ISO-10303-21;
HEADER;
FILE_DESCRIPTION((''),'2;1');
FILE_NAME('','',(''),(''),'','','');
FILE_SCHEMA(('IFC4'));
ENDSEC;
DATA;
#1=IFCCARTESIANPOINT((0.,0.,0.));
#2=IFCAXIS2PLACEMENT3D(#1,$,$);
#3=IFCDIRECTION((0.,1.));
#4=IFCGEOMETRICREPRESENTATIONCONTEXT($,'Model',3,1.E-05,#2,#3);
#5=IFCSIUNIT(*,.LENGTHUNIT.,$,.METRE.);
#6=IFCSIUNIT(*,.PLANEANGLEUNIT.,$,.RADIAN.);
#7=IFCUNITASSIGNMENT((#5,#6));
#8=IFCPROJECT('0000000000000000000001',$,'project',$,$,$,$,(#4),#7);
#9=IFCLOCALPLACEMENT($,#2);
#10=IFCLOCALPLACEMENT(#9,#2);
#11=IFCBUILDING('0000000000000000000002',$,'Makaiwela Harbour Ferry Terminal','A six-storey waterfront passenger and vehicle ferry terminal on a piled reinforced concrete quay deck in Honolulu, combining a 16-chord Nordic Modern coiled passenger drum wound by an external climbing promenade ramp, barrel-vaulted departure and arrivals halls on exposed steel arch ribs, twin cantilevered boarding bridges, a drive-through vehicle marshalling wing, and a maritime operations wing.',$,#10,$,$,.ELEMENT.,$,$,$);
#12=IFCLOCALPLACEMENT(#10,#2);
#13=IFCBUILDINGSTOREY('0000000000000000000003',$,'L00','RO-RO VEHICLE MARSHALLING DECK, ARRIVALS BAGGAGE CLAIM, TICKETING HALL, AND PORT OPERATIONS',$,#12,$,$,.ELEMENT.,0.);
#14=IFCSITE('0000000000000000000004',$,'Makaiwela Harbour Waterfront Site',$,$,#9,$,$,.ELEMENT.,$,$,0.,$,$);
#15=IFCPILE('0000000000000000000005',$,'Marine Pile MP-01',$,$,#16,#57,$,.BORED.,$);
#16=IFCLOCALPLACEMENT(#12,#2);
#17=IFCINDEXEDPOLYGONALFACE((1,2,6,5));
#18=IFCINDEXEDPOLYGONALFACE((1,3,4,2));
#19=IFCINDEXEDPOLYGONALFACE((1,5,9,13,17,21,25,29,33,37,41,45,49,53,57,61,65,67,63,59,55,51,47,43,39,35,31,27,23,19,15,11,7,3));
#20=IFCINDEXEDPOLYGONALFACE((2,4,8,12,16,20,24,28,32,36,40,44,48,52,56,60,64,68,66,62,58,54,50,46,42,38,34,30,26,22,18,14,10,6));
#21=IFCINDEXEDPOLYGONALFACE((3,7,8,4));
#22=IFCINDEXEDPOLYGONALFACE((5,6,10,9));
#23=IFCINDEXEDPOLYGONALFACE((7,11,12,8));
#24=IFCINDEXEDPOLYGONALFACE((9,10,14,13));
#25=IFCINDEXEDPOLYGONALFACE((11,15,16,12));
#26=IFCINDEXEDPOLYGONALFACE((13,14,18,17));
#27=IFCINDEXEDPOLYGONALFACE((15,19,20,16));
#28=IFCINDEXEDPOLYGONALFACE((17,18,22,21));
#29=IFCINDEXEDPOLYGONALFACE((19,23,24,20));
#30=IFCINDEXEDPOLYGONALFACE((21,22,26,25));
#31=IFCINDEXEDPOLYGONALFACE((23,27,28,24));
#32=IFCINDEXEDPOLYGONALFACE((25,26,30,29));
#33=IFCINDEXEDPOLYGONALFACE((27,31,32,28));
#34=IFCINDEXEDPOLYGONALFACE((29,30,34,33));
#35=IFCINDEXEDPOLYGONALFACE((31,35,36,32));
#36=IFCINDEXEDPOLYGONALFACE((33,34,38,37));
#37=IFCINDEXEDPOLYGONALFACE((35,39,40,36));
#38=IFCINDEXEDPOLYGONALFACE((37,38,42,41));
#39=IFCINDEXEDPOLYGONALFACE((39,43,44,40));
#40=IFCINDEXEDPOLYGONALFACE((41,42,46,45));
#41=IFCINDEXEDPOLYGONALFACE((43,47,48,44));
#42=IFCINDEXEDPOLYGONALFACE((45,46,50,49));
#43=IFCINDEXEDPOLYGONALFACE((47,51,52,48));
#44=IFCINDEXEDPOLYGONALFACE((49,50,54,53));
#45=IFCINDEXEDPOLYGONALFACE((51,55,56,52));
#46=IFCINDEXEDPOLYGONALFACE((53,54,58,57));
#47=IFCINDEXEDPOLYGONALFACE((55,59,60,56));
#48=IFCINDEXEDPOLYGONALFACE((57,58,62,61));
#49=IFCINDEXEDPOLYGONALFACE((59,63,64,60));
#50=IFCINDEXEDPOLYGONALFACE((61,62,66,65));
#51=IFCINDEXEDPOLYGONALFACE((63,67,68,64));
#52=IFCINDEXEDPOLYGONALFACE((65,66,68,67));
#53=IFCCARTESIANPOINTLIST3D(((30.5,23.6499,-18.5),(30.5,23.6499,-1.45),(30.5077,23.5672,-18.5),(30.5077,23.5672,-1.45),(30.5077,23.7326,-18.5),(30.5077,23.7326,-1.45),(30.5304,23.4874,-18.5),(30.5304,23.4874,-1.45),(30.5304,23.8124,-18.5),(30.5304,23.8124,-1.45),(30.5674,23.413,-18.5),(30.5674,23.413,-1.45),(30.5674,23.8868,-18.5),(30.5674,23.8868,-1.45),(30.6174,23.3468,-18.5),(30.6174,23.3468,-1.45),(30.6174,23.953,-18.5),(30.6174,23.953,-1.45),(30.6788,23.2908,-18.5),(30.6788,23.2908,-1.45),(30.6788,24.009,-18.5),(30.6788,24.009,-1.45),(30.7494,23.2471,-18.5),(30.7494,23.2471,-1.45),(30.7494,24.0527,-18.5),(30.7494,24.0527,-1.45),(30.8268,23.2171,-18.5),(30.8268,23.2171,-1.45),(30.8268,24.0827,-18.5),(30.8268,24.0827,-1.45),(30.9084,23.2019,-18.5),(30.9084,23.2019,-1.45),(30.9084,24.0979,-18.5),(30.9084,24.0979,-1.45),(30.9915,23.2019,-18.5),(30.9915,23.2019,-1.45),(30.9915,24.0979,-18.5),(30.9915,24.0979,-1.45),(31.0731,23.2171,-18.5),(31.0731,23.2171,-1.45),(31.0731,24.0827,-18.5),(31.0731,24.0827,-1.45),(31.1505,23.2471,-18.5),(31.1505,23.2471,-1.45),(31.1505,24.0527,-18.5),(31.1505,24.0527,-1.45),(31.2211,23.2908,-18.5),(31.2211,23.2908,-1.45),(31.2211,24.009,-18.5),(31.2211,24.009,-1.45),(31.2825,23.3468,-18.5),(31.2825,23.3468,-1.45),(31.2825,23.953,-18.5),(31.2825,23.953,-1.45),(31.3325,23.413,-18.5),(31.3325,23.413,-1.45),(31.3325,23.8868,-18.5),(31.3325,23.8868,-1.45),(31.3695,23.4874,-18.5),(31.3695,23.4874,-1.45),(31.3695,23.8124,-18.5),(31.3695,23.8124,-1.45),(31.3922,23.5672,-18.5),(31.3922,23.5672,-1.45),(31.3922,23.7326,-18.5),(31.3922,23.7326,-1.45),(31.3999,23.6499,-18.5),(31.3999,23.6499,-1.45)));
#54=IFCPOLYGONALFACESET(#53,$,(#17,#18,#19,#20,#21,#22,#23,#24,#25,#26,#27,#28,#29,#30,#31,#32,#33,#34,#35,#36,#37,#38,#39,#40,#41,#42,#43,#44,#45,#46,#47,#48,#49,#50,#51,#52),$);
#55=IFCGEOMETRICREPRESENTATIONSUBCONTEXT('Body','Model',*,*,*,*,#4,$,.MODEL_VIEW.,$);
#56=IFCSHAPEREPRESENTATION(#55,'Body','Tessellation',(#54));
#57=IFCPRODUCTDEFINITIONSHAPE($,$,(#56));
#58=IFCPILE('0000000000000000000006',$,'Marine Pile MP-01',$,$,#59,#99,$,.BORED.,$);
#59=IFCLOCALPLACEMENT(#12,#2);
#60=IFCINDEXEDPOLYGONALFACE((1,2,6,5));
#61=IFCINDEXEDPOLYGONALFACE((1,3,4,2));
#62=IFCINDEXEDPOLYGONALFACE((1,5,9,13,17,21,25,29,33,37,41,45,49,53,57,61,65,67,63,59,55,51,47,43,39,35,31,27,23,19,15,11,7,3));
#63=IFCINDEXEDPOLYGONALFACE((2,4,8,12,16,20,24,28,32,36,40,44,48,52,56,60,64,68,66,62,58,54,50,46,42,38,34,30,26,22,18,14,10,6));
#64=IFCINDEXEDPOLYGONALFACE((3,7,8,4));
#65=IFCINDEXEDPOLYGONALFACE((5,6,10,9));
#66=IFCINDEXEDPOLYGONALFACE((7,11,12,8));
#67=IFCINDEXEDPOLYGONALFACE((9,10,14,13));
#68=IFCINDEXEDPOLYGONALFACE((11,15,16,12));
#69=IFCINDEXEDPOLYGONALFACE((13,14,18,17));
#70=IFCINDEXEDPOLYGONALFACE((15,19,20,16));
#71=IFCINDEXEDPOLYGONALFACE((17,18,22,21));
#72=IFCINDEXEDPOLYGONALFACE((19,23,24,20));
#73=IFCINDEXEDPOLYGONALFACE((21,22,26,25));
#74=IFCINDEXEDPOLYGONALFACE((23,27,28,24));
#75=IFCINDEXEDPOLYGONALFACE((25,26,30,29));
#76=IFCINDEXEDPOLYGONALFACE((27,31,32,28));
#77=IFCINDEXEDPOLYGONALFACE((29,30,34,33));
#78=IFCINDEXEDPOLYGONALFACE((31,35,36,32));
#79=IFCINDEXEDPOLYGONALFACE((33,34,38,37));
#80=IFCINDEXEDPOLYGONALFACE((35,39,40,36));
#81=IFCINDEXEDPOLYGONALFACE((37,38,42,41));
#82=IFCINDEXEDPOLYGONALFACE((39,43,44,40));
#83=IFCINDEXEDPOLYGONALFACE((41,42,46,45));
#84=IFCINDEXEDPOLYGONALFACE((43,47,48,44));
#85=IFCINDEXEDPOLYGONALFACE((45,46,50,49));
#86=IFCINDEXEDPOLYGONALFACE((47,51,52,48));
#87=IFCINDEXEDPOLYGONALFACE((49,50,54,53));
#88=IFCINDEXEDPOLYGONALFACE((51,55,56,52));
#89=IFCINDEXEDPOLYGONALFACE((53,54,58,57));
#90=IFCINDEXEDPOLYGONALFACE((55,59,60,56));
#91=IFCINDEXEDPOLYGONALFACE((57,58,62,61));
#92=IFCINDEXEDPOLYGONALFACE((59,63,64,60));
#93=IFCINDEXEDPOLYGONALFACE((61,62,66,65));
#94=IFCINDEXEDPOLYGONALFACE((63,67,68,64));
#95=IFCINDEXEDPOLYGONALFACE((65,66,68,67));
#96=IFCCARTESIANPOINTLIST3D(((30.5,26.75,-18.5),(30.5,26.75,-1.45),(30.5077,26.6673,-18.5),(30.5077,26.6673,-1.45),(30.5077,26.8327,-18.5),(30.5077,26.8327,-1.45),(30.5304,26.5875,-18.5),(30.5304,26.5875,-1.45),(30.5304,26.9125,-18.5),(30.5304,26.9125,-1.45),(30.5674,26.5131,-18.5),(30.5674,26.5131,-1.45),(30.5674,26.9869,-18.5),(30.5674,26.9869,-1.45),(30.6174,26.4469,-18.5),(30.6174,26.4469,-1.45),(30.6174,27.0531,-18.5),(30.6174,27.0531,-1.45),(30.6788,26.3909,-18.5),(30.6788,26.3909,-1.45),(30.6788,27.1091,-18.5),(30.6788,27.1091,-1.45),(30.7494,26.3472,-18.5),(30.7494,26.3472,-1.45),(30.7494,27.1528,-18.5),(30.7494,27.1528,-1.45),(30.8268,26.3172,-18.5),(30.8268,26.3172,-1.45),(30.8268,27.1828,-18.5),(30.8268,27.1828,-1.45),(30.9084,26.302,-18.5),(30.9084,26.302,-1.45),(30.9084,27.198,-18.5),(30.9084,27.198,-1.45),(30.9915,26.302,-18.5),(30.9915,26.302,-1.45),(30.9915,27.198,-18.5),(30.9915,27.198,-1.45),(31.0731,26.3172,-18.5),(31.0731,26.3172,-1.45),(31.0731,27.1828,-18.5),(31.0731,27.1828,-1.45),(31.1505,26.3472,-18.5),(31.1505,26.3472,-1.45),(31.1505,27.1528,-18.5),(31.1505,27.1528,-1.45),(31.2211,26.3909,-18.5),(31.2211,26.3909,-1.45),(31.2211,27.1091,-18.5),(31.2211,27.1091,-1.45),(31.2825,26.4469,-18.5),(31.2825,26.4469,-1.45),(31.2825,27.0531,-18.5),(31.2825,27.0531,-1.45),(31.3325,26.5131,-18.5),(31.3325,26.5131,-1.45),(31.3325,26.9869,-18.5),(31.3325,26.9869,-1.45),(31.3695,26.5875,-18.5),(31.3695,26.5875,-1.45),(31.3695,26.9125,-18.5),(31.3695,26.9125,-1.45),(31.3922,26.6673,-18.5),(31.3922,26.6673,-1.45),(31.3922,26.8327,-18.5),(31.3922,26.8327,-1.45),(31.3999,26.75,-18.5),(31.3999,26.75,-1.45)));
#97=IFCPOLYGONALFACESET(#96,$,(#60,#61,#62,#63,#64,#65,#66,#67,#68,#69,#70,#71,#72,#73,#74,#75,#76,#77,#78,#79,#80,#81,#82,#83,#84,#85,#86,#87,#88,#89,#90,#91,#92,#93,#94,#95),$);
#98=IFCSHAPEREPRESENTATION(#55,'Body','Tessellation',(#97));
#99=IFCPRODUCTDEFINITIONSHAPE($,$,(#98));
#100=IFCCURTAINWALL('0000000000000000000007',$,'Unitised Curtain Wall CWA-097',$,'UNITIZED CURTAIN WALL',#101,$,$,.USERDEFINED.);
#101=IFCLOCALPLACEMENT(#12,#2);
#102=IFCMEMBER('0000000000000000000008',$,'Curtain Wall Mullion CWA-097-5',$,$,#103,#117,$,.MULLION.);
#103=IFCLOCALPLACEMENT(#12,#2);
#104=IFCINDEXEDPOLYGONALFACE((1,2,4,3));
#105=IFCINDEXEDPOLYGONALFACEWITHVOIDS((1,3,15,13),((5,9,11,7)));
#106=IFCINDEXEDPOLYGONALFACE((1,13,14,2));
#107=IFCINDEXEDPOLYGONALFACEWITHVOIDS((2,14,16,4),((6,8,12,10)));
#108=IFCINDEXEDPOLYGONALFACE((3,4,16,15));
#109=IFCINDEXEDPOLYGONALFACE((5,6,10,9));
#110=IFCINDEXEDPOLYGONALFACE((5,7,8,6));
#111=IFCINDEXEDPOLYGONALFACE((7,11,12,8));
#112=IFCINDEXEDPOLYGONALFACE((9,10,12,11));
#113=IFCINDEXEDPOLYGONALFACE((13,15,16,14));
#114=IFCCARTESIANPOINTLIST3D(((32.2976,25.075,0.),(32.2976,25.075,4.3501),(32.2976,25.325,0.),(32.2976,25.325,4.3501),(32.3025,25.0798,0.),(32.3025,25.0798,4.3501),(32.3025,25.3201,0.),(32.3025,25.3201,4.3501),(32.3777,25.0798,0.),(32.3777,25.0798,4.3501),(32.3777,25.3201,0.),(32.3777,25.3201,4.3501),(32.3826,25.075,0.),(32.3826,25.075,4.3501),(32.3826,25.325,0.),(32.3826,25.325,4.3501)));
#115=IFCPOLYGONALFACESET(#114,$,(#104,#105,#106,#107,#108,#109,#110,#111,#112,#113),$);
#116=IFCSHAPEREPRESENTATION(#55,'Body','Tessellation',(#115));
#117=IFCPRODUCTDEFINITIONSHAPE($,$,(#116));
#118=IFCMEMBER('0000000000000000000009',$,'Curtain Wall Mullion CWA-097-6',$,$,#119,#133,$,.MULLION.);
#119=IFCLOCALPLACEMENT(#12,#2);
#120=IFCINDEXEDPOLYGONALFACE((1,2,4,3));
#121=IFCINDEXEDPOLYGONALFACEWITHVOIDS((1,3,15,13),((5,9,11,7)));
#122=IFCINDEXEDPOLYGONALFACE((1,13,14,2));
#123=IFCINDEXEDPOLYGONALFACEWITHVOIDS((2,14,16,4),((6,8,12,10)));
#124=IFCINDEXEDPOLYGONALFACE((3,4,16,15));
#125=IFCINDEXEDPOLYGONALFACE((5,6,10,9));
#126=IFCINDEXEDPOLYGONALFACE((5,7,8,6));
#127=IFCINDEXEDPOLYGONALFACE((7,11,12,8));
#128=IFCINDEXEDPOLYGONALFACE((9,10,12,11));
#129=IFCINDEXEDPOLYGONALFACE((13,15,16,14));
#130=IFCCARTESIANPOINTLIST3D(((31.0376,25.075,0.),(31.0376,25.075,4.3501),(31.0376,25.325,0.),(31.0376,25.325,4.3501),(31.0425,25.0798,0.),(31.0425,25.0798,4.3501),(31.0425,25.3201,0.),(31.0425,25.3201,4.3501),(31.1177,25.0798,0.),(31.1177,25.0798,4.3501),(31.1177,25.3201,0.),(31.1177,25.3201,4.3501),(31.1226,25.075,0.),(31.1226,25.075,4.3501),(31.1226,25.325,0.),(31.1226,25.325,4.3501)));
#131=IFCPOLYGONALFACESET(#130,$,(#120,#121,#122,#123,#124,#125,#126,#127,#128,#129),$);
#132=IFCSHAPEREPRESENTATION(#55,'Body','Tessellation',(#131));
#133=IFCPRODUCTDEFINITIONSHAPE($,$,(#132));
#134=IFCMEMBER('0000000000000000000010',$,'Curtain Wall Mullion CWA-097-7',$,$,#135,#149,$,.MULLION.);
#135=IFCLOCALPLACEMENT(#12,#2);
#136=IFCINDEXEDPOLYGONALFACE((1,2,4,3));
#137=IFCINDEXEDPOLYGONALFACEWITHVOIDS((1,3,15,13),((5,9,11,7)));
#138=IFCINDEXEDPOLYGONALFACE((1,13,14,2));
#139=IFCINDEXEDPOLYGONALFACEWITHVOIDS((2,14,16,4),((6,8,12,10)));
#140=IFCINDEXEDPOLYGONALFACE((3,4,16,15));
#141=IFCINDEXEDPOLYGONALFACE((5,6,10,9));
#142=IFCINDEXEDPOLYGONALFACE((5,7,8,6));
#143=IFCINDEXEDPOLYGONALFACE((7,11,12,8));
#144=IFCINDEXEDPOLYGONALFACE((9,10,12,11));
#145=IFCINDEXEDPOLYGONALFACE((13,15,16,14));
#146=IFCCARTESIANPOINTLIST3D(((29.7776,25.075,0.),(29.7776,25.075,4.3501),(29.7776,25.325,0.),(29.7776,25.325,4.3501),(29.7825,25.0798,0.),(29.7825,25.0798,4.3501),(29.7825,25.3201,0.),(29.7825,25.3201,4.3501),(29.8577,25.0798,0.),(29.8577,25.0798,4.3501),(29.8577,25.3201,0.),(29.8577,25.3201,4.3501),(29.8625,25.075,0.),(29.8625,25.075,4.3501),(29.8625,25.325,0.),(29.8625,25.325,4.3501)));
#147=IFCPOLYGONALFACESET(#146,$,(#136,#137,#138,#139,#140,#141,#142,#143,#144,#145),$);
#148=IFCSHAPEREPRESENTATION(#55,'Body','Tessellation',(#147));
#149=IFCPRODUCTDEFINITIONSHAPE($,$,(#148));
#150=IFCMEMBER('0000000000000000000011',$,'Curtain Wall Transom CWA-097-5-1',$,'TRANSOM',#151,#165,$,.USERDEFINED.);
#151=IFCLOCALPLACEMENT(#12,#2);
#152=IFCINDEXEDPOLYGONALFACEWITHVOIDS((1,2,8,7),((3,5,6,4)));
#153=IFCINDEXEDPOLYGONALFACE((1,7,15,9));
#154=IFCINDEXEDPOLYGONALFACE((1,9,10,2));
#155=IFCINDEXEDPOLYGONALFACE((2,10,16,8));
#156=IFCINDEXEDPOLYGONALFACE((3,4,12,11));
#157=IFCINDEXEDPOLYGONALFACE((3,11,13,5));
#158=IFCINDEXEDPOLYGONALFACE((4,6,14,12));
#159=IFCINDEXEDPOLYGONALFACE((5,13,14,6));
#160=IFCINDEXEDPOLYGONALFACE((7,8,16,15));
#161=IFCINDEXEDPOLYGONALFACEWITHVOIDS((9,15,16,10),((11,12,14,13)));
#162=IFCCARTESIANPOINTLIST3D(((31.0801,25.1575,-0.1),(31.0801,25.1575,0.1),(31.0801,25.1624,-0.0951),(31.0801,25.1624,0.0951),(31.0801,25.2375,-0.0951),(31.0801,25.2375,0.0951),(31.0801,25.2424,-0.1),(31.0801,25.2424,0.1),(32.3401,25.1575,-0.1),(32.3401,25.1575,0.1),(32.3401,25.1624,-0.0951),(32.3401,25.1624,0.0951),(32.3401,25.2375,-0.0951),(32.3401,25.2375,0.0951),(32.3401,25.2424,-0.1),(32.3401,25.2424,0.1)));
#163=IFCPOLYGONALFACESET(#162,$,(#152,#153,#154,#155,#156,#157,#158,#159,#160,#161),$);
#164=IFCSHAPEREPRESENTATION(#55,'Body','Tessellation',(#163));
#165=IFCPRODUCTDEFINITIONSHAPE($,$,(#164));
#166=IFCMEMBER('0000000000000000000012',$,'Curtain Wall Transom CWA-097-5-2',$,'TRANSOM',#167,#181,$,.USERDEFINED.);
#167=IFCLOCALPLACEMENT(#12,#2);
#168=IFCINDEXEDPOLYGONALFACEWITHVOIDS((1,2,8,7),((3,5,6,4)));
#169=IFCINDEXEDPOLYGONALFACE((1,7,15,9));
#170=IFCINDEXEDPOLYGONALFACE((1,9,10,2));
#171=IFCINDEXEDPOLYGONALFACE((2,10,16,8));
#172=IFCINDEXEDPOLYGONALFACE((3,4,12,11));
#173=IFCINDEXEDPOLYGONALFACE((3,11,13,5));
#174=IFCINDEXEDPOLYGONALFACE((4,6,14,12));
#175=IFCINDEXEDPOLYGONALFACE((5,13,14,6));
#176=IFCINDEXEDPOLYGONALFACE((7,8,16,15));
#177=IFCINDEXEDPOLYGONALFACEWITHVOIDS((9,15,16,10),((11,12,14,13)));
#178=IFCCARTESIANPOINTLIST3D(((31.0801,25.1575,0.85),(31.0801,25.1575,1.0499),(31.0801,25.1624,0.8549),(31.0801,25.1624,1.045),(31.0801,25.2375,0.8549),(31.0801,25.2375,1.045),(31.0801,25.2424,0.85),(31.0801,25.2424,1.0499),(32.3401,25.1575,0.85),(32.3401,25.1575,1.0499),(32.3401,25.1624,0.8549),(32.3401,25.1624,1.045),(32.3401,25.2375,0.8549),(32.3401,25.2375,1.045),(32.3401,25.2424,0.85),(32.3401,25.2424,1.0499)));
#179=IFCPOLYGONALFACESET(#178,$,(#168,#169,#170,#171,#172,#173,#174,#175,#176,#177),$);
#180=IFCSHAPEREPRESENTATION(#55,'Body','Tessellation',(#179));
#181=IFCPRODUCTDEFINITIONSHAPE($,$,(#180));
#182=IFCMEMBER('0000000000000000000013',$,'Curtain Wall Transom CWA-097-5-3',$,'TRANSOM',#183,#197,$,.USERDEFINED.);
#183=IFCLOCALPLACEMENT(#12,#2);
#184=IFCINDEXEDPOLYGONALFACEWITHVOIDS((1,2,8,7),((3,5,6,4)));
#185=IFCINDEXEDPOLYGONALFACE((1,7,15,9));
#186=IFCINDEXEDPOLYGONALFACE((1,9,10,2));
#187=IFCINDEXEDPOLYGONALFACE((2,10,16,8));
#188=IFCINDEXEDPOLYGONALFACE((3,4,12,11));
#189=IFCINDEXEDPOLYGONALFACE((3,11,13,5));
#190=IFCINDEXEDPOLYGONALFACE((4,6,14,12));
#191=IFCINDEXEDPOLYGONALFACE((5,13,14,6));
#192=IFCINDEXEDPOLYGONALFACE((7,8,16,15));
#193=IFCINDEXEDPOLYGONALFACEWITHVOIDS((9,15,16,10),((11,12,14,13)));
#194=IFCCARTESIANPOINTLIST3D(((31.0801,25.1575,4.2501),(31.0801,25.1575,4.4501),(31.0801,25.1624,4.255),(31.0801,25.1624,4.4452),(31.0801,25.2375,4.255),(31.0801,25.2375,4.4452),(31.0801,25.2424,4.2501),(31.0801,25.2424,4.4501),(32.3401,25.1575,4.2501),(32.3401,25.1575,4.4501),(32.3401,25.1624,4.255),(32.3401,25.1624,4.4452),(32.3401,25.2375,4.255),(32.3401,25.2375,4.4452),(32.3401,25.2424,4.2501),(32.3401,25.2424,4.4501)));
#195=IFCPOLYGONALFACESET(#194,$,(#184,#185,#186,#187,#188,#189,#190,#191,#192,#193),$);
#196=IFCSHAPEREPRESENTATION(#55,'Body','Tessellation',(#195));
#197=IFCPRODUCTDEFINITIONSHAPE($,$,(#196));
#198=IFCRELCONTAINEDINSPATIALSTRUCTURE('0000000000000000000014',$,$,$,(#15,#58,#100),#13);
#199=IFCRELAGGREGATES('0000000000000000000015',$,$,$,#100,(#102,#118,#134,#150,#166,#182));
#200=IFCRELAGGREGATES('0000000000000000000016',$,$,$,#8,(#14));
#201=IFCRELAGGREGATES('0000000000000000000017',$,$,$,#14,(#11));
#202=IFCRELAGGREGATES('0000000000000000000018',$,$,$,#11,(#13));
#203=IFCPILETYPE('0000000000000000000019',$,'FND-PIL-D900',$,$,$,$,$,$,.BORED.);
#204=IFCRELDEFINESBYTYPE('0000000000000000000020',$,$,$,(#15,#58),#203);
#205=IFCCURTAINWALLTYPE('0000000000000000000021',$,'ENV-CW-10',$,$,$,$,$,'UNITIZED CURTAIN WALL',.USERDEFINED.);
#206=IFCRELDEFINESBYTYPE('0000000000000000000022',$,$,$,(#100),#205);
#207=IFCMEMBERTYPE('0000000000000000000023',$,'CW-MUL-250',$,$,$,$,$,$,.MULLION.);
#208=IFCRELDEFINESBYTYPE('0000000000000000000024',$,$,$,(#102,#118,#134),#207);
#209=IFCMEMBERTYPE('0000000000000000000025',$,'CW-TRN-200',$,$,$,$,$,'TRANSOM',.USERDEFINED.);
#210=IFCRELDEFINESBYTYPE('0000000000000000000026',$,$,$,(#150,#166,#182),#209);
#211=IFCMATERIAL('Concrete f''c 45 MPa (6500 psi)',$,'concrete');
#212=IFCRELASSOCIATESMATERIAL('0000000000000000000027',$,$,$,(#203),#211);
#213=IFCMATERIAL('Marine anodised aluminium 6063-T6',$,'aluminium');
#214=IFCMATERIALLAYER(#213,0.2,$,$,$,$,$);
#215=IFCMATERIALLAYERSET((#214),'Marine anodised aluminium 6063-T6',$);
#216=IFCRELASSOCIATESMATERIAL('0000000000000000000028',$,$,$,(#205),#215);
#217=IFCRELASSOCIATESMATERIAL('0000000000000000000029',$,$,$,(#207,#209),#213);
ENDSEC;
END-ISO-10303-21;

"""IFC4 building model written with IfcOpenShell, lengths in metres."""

from ifc_helpers import new_model, si_unit, direction, frame, origin, origin_2d, place, context, subcontext, project, spatial, hollow_rectangle, circle, extrude, material, layer, layer_set, material_profile, profile_set, type_object, element, aggregate, save


model = new_model("IFC4")

# Units and contexts
model_context = context("Model", 3, precision=1e-05, world=origin(), true_north=direction((0.0, 1.0)))
body_context = subcontext(model_context, "Body", "Model", "MODEL_VIEW")
ifc_project = project(units=[si_unit("LENGTHUNIT", "METRE"), si_unit("PLANEANGLEUNIT", "RADIAN")], contexts=[model_context])

# Site, building, storey
site_placement = place(None, origin())
site = spatial("IfcSite", under=ifc_project, at=site_placement, Name="Makaiwela Harbour Waterfront Site", CompositionType="ELEMENT", RefElevation=0.0)
building_placement = place(site_placement, origin())
building = spatial("IfcBuilding", under=site, at=building_placement, Name="Makaiwela Harbour Ferry Terminal", Description="A six-storey waterfront passenger and vehicle ferry terminal on a piled reinforced concrete quay deck in Honolulu, combining a 16-chord Nordic Modern coiled passenger drum wound by an external climbing promenade ramp, barrel-vaulted departure and arrivals halls on exposed steel arch ribs, twin cantilevered boarding bridges, a drive-through vehicle marshalling wing, and a maritime operations wing.", CompositionType="ELEMENT")
storey_placement = place(building_placement, origin())
storey = spatial("IfcBuildingStorey", under=building, at=storey_placement, Name="L00", Description="RO-RO VEHICLE MARSHALLING DECK, ARRIVALS BAGGAGE CLAIM, TICKETING HALL, AND PORT OPERATIONS", CompositionType="ELEMENT", Elevation=0.0)

# Piles
ifc_material_1 = material(Name="Concrete f'c 45 MPa (6500 psi)", Category="concrete")
ifc_material_profile_1 = material_profile(ifc_material_1, circle(Radius=0.45, at=origin_2d()), Name="PILE-D900")
ifc_profile_set_1 = profile_set([ifc_material_profile_1], Name="Concrete f'c 45 MPa (6500 psi)")
pile_type = type_object("IfcPileType", Name="FND-PIL-D900", PredefinedType="BORED", material=ifc_profile_set_1)
for number, where, z_axis, x_axis, name in (
    (1, (30.95, 23.6499, -1.45), (0.0, 0.0, -1.0), (1.0, 0.0, 0.0), "Marine Pile MP-01"),
    (2, (30.95, 26.75, -1.45), (0.0, 0.0, -1.0), (1.0, 0.0, 0.0), "Marine Pile MP-01"),
):
    element("IfcPile", number, at=place(storey_placement, frame(where, z_axis=z_axis, x_axis=x_axis)), inside=storey, type_object=pile_type, Name=name, PredefinedType="BORED", context=body_context, shape_type="SweptSolid", body=[
        extrude(circle(Radius=0.45, at=origin_2d()), origin(), (0.0, 0.0, 1.0), 17.05),
    ])

# Curtain wall, members
ifc_material_2 = material(Name="Marine anodised aluminium 6063-T6", Category="aluminium")
ifc_layer_1 = layer(ifc_material_2, 0.2)
ifc_layer_set_1 = layer_set([ifc_layer_1], Name="Marine anodised aluminium 6063-T6")
curtain_wall_type = type_object("IfcCurtainWallType", Name="ENV-CW-10", ElementType="UNITIZED CURTAIN WALL", PredefinedType="USERDEFINED", material=ifc_layer_set_1)
curtain_wall_1_placement = place(storey_placement, origin())
curtain_wall_1 = element("IfcCurtainWall", 3, at=curtain_wall_1_placement, inside=storey, type_object=curtain_wall_type, Name="Unitised Curtain Wall CWA-097", ObjectType="UNITIZED CURTAIN WALL", PredefinedType="USERDEFINED")
ifc_material_profile_2 = material_profile(ifc_material_2, hollow_rectangle(XDim=0.085, YDim=0.25, WallThickness=0.0049, at=origin_2d()), Name="CWM-250X85")
ifc_profile_set_2 = profile_set([ifc_material_profile_2], Name="Marine anodised aluminium 6063-T6")
member_type_1 = type_object("IfcMemberType", Name="CW-MUL-250", PredefinedType="MULLION", material=ifc_profile_set_2)
member_1_placement = place(storey_placement, frame((32.3401, 25.2, 0.0), z_axis=(0.0, 0.0, 1.0), x_axis=(1.0, 0.0, 0.0)))
member_1 = element("IfcMember", 4, at=member_1_placement, type_object=member_type_1, Name="Curtain Wall Mullion CWA-097-5", PredefinedType="MULLION", context=body_context, shape_type="SweptSolid", body=[
    extrude(hollow_rectangle(XDim=0.085, YDim=0.25, WallThickness=0.0049, at=origin_2d()), origin(), (0.0, 0.0, 1.0), 4.3501),
])
member_2_placement = place(storey_placement, frame((31.0801, 25.2, 0.0), z_axis=(0.0, 0.0, 1.0), x_axis=(1.0, 0.0, 0.0)))
member_2 = element("IfcMember", 5, at=member_2_placement, type_object=member_type_1, Name="Curtain Wall Mullion CWA-097-6", PredefinedType="MULLION", context=body_context, shape_type="SweptSolid", body=[
    extrude(hollow_rectangle(XDim=0.085, YDim=0.25, WallThickness=0.0049, at=origin_2d()), origin(), (0.0, 0.0, 1.0), 4.3501),
])
member_3_placement = place(storey_placement, frame((29.8201, 25.2, 0.0), z_axis=(0.0, 0.0, 1.0), x_axis=(1.0, 0.0, 0.0)))
member_3 = element("IfcMember", 6, at=member_3_placement, type_object=member_type_1, Name="Curtain Wall Mullion CWA-097-7", PredefinedType="MULLION", context=body_context, shape_type="SweptSolid", body=[
    extrude(hollow_rectangle(XDim=0.085, YDim=0.25, WallThickness=0.0049, at=origin_2d()), origin(), (0.0, 0.0, 1.0), 4.3501),
])
ifc_material_profile_3 = material_profile(ifc_material_2, hollow_rectangle(XDim=0.085, YDim=0.2, WallThickness=0.0049, at=origin_2d()), Name="CWT-200X85")
ifc_profile_set_3 = profile_set([ifc_material_profile_3], Name="Marine anodised aluminium 6063-T6")
member_type_2 = type_object("IfcMemberType", Name="CW-TRN-200", ElementType="TRANSOM", PredefinedType="USERDEFINED", material=ifc_profile_set_3)
member_4_placement = place(storey_placement, frame((32.3401, 25.2, 0.0), z_axis=(-1.0, 0.0, 0.0), x_axis=(0.0, -1.0, 0.0)))
member_4 = element("IfcMember", 7, at=member_4_placement, type_object=member_type_2, Name="Curtain Wall Transom CWA-097-5-1", ObjectType="TRANSOM", PredefinedType="USERDEFINED", context=body_context, shape_type="SweptSolid", body=[
    extrude(hollow_rectangle(XDim=0.085, YDim=0.2, WallThickness=0.0049, at=origin_2d()), origin(), (0.0, 0.0, 1.0), 1.26),
])
member_5_placement = place(storey_placement, frame((32.3401, 25.2, 0.95), z_axis=(-1.0, 0.0, 0.0), x_axis=(0.0, -1.0, 0.0)))
member_5 = element("IfcMember", 8, at=member_5_placement, type_object=member_type_2, Name="Curtain Wall Transom CWA-097-5-2", ObjectType="TRANSOM", PredefinedType="USERDEFINED", context=body_context, shape_type="SweptSolid", body=[
    extrude(hollow_rectangle(XDim=0.085, YDim=0.2, WallThickness=0.0049, at=origin_2d()), origin(), (0.0, 0.0, 1.0), 1.26),
])
member_6_placement = place(storey_placement, frame((32.3401, 25.2, 4.3501), z_axis=(-1.0, 0.0, 0.0), x_axis=(0.0, -1.0, 0.0)))
member_6 = element("IfcMember", 9, at=member_6_placement, type_object=member_type_2, Name="Curtain Wall Transom CWA-097-5-3", ObjectType="TRANSOM", PredefinedType="USERDEFINED", context=body_context, shape_type="SweptSolid", body=[
    extrude(hollow_rectangle(XDim=0.085, YDim=0.2, WallThickness=0.0049, at=origin_2d()), origin(), (0.0, 0.0, 1.0), 1.26),
])

aggregate(curtain_wall_1, [member_1, member_2, member_3, member_4, member_5, member_6])

save(model, "model.ifc")
